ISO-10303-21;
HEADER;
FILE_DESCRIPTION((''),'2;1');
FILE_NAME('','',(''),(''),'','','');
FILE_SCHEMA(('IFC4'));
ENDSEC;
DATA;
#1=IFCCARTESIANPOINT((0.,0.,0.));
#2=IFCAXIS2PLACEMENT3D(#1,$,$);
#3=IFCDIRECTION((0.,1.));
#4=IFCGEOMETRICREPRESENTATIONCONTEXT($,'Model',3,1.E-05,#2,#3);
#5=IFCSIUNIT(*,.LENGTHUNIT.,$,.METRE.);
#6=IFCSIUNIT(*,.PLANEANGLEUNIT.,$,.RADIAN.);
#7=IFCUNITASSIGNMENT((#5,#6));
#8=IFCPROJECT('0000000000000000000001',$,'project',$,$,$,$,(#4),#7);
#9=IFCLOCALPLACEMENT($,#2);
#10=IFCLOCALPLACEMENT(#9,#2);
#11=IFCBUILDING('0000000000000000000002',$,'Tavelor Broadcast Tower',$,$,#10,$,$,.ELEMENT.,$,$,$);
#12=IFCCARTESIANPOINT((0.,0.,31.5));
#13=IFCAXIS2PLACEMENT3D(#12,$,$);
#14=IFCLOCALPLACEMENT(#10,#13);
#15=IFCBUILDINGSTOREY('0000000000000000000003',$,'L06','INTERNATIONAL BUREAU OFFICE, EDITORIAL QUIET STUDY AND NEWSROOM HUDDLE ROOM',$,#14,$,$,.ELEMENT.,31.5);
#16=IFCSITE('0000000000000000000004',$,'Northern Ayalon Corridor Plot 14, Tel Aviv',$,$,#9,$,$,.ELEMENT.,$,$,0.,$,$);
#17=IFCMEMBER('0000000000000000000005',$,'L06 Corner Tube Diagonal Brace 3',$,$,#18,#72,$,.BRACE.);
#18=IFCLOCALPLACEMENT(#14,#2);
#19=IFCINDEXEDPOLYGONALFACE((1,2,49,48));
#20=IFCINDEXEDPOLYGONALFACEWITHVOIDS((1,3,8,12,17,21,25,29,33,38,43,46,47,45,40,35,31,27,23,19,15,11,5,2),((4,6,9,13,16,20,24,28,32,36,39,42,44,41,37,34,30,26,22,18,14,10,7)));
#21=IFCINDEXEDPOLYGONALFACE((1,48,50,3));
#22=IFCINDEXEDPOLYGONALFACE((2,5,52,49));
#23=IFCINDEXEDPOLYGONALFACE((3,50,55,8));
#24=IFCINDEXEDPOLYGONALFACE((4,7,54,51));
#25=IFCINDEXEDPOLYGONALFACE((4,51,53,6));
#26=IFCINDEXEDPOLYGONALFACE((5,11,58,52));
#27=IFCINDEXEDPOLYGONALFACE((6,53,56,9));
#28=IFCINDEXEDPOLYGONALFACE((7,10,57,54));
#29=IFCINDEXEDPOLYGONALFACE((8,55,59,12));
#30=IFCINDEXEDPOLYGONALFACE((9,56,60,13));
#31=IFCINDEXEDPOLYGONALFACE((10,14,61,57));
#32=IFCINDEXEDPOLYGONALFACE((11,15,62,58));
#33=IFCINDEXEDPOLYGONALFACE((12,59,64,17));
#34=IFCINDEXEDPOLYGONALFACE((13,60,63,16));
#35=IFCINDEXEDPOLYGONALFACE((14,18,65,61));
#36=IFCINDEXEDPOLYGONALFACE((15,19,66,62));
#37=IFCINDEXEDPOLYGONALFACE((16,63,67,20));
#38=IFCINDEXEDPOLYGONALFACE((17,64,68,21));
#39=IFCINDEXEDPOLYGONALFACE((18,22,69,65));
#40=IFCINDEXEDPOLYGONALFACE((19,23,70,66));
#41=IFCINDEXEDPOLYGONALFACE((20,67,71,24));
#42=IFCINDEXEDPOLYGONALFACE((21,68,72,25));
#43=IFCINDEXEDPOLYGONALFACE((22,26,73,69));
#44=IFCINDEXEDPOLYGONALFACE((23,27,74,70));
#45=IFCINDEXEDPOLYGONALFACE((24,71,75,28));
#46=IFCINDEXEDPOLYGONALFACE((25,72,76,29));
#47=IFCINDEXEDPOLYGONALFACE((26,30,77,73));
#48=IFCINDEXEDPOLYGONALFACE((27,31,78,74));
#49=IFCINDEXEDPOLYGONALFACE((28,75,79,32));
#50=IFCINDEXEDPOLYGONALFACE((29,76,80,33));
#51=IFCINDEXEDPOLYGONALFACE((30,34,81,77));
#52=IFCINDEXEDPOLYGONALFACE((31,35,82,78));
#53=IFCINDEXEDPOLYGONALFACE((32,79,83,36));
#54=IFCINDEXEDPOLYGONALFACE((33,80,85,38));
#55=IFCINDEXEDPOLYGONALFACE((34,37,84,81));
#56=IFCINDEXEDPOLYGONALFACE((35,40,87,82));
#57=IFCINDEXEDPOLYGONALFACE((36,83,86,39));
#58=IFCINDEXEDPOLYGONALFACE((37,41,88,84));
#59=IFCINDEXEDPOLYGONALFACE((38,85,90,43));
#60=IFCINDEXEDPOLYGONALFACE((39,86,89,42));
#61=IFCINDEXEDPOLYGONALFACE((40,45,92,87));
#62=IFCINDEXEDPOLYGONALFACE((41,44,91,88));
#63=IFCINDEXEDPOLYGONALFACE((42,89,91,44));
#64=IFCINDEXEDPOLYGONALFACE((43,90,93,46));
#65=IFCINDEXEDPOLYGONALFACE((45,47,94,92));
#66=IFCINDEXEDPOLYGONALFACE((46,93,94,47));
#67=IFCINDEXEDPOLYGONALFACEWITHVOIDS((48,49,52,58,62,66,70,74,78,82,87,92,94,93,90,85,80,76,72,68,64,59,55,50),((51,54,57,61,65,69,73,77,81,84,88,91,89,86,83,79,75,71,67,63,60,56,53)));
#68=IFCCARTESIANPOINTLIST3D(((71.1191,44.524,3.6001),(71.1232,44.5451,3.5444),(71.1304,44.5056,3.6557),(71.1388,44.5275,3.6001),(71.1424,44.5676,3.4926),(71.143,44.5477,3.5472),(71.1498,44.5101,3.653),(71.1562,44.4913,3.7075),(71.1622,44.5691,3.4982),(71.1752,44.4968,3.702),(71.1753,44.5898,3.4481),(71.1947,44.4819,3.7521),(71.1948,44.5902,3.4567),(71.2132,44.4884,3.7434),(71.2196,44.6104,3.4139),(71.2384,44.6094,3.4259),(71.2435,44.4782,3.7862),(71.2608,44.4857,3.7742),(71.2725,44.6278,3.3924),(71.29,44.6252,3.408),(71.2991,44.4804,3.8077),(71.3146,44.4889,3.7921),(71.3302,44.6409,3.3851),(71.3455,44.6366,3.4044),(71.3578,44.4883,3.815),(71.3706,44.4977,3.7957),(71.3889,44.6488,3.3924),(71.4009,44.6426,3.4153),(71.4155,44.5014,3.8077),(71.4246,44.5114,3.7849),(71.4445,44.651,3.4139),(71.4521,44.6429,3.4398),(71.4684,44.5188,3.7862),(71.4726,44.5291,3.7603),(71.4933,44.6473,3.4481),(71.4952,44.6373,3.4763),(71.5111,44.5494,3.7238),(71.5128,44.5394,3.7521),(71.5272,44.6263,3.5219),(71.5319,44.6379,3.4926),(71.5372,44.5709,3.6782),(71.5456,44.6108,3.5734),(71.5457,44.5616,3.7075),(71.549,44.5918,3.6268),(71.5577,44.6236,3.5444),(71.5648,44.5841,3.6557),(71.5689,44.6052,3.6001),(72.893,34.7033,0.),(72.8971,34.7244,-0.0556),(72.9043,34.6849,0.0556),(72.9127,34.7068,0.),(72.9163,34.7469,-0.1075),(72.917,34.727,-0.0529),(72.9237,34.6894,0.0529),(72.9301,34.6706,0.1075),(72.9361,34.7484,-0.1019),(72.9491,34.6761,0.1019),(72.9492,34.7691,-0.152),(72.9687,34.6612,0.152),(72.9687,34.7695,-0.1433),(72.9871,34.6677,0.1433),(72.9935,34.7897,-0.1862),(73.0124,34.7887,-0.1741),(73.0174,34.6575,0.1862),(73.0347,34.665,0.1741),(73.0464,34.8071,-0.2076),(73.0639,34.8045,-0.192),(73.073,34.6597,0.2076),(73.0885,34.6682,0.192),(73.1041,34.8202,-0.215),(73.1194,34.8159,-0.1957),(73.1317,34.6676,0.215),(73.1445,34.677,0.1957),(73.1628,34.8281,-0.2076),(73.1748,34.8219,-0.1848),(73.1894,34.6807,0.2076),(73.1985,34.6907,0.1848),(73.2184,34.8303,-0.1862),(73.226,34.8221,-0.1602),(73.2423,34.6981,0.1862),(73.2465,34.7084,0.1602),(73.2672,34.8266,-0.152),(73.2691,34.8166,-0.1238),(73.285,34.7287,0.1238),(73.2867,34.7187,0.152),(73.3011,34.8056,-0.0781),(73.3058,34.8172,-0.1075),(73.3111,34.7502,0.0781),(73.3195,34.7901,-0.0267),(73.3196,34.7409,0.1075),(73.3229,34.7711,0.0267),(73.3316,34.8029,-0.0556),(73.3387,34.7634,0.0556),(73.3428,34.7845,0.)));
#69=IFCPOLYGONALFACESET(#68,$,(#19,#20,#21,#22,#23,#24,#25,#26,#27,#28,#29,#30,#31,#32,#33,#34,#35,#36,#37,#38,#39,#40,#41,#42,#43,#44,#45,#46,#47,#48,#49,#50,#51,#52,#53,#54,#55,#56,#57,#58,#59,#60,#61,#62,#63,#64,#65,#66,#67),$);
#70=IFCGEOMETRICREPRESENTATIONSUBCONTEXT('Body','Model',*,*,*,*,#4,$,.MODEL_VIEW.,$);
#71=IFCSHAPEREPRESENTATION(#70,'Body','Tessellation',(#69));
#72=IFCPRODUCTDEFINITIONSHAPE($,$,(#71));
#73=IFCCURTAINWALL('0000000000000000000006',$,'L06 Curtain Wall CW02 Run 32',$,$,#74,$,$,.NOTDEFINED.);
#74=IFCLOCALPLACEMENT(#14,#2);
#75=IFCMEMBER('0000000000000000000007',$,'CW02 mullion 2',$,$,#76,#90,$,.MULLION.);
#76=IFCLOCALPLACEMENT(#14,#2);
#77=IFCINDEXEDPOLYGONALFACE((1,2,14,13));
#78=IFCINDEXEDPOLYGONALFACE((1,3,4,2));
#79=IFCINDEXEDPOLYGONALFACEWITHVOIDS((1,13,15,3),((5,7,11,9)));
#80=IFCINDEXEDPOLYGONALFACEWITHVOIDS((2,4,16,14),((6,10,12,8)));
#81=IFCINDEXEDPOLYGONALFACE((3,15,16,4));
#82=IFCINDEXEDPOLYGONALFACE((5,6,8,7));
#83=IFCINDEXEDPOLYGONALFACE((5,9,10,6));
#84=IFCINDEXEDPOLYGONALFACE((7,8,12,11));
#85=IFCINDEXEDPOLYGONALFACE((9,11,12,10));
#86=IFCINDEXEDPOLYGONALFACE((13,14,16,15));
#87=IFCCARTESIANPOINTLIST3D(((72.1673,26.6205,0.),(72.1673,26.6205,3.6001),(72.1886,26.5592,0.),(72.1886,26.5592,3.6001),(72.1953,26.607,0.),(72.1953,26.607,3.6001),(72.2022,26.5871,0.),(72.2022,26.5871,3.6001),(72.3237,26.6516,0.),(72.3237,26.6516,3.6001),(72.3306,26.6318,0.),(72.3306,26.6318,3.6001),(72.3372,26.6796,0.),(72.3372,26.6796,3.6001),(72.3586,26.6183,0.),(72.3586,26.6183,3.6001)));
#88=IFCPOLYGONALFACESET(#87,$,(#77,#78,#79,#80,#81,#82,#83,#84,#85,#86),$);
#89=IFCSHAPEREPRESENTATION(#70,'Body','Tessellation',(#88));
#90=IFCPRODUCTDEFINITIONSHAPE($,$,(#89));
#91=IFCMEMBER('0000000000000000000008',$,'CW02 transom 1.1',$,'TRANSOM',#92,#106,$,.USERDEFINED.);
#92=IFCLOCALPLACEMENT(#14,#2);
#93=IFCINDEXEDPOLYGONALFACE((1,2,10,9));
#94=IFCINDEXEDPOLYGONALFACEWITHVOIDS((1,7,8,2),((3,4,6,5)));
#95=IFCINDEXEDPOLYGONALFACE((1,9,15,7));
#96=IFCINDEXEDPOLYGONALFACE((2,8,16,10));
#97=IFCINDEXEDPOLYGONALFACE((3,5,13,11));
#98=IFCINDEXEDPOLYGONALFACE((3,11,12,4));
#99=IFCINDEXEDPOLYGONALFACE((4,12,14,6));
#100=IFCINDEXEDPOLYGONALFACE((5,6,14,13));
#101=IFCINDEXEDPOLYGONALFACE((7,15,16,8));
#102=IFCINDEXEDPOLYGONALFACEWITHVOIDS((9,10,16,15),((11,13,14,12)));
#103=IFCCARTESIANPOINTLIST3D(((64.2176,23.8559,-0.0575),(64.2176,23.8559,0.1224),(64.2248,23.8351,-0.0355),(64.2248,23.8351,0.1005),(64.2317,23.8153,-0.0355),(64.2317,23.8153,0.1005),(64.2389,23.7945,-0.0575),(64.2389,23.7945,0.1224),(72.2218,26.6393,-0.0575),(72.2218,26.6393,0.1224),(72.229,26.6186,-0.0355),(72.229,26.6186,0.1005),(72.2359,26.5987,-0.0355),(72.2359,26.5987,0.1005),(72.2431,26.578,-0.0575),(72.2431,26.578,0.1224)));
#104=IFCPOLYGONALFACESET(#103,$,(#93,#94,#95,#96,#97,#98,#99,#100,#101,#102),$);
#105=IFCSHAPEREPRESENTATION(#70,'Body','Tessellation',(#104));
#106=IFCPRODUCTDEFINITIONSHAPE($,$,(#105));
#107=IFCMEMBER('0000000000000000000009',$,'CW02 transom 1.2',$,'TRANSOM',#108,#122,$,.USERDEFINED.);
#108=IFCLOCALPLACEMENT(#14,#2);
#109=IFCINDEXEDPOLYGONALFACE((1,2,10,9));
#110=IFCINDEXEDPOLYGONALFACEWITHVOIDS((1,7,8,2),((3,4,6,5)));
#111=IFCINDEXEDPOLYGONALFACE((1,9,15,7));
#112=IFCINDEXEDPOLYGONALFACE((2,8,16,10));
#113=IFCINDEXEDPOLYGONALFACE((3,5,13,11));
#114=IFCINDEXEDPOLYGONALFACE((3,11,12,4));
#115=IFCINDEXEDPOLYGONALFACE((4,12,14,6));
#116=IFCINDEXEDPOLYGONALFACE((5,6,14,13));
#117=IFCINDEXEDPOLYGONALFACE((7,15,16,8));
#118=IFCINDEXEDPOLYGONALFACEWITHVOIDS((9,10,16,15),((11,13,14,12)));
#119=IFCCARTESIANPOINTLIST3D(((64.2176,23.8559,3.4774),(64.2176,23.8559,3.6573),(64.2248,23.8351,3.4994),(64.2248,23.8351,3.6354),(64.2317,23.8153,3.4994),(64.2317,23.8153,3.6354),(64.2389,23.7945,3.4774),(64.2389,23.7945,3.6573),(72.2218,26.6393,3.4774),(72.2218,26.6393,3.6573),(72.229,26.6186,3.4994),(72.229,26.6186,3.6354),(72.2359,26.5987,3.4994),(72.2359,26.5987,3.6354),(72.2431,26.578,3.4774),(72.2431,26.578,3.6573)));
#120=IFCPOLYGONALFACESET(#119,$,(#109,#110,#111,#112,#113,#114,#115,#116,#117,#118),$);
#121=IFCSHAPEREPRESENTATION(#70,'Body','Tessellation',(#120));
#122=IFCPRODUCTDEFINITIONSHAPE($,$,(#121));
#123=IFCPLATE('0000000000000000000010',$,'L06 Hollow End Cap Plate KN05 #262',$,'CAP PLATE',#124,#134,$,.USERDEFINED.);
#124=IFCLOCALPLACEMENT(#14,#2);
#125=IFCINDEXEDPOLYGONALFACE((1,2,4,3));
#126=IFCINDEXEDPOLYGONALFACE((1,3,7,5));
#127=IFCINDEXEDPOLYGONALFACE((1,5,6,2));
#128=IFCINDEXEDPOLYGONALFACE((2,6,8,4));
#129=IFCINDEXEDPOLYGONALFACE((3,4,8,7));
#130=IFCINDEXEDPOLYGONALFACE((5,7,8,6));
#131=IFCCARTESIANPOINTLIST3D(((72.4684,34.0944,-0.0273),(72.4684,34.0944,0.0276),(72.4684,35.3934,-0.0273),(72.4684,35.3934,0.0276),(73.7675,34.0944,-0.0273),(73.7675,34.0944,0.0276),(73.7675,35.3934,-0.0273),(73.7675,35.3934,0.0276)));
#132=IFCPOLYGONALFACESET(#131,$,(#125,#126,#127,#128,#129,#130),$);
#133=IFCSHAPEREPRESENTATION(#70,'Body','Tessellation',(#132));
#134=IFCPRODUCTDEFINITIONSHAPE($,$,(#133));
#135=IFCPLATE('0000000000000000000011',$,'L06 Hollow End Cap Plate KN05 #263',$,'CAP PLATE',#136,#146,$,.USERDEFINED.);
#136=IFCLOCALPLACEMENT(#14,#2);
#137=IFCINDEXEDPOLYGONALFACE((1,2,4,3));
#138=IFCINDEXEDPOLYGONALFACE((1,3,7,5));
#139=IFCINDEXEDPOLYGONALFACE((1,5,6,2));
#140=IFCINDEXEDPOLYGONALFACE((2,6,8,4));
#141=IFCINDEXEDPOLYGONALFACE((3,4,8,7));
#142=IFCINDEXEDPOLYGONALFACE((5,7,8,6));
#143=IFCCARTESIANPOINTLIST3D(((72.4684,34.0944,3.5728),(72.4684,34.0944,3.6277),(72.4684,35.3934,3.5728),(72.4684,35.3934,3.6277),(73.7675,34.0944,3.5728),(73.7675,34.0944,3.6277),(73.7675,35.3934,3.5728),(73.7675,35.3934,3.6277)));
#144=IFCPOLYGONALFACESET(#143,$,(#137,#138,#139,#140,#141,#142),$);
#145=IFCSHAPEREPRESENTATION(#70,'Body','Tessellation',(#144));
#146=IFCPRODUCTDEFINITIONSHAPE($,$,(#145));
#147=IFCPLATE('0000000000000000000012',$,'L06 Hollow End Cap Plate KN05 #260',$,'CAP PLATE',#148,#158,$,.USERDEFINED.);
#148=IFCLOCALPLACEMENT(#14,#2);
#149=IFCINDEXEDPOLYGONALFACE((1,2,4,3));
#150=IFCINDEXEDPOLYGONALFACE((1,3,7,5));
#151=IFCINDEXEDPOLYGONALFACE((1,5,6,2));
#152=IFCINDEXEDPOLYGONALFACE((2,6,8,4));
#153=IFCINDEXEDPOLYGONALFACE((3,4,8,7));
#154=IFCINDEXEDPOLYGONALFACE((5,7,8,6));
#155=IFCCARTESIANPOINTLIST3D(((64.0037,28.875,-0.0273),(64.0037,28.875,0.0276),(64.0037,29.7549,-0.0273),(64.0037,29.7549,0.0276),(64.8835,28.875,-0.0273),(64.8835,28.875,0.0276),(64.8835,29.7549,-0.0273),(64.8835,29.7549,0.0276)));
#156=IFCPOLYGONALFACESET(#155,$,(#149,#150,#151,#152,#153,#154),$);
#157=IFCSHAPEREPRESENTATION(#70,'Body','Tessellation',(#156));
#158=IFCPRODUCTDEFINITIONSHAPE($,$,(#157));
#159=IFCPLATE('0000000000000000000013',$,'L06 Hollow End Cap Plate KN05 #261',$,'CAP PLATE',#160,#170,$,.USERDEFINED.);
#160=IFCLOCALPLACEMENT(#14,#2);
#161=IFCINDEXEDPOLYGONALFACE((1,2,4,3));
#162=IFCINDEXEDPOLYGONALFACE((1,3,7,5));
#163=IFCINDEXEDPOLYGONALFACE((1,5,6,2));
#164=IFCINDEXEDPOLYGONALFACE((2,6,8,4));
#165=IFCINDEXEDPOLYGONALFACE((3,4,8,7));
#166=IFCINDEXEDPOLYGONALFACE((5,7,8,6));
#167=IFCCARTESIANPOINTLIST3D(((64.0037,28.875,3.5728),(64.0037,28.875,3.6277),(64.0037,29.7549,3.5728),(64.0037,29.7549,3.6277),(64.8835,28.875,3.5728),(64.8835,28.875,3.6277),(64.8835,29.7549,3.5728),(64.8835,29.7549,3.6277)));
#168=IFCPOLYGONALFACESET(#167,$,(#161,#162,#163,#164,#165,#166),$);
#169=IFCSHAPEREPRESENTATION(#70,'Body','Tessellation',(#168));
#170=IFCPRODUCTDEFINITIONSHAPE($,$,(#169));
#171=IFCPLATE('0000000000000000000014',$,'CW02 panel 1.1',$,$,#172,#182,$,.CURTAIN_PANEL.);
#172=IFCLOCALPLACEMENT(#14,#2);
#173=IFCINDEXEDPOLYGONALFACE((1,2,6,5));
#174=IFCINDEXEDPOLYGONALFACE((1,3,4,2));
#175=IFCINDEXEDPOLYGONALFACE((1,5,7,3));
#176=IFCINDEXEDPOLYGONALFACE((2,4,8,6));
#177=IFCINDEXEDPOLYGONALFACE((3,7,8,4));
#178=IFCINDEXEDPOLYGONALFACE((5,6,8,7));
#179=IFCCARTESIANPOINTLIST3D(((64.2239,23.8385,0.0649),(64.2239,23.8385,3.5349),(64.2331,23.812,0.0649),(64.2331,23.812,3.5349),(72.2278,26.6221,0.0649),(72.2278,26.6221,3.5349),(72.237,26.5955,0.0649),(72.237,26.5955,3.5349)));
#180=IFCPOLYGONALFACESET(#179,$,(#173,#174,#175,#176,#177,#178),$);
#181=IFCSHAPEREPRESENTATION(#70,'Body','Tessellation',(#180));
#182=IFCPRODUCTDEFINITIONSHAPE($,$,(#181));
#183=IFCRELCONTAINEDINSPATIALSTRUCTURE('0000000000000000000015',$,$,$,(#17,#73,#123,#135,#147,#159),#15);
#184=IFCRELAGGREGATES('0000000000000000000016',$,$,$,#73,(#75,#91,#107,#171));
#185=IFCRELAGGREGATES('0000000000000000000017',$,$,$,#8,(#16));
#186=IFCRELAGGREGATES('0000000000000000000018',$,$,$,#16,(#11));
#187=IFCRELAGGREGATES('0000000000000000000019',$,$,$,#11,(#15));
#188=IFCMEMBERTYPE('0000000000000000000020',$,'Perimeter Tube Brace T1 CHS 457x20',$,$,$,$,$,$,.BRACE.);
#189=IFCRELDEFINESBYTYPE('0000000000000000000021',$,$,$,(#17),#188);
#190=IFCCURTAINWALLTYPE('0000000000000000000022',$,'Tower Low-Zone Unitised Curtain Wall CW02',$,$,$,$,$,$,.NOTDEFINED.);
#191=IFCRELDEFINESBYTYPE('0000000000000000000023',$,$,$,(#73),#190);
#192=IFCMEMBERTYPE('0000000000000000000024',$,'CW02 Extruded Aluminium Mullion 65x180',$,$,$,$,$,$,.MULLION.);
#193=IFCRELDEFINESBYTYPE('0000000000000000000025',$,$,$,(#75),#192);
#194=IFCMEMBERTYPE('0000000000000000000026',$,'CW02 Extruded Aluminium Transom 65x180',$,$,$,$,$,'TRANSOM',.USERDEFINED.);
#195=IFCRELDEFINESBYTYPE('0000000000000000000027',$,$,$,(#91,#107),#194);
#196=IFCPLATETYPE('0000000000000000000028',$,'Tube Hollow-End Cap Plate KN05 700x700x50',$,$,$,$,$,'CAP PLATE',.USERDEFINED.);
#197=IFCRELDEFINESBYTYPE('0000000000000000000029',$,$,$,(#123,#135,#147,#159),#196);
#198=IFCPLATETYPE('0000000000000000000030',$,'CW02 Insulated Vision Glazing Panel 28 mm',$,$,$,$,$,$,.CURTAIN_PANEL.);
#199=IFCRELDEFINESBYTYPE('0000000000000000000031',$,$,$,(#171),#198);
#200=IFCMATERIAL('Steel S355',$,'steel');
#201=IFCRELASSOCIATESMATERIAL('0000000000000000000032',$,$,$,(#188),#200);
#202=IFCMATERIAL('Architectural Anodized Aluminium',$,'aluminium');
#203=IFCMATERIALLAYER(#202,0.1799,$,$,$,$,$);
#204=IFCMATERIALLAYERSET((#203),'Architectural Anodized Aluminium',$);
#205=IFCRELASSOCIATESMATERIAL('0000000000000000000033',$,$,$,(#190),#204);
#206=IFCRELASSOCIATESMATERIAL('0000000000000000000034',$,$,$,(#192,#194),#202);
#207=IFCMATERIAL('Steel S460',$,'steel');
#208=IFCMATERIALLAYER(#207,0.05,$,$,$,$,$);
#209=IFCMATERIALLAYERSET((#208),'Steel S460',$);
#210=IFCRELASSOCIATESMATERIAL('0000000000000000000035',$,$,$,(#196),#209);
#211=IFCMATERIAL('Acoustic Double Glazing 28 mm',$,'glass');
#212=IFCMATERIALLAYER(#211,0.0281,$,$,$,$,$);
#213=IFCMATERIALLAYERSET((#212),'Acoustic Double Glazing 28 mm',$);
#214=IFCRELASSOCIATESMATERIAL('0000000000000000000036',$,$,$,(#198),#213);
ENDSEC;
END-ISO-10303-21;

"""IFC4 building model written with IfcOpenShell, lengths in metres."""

from ifc_helpers import new_model, si_unit, direction, frame, origin, origin_2d, place, context, subcontext, project, spatial, rectangle, hollow_rectangle, hollow_circle, extrude, source, transform, mapped, material, layer, layer_set, material_profile, profile_set, type_object, type_shapes, element, aggregate, save


model = new_model("IFC4")

# Units and contexts
model_context = context("Model", 3, precision=1e-05, world=origin(), true_north=direction((0.0, 1.0)))
body_context = subcontext(model_context, "Body", "Model", "MODEL_VIEW")
ifc_project = project(units=[si_unit("LENGTHUNIT", "METRE"), si_unit("PLANEANGLEUNIT", "RADIAN")], contexts=[model_context])

# Site, building, storey
site_placement = place(None, origin())
site = spatial("IfcSite", under=ifc_project, at=site_placement, Name="Northern Ayalon Corridor Plot 14, Tel Aviv", CompositionType="ELEMENT", RefElevation=0.0)
building_placement = place(site_placement, origin())
building = spatial("IfcBuilding", under=site, at=building_placement, Name="Tavelor Broadcast Tower", CompositionType="ELEMENT")
storey_placement = place(building_placement, frame((0.0, 0.0, 31.5)))
storey = spatial("IfcBuildingStorey", under=building, at=storey_placement, Name="L06", Description="INTERNATIONAL BUREAU OFFICE, EDITORIAL QUIET STUDY AND NEWSROOM HUDDLE ROOM", CompositionType="ELEMENT", Elevation=31.5)

# Shared definitions
ifc_material_1 = material(Name="Steel S460", Category="steel")

# Shared definitions
ifc_material_2 = material(Name="Steel S355", Category="steel")

# Member
ifc_material_profile_1 = material_profile(ifc_material_2, hollow_circle(Radius=0.2285, WallThickness=0.02, at=origin_2d()), Name="CHS 457x20")
ifc_profile_set_1 = profile_set([ifc_material_profile_1], Name="Steel S355")
member_type_1 = type_object("IfcMemberType", Name="Perimeter Tube Brace T1 CHS 457x20", PredefinedType="BRACE", material=ifc_profile_set_1)
member_1_placement = place(storey_placement, frame((73.1179, 34.7439, 0.0), z_axis=(-0.167206, 0.925685, 0.339337), x_axis=(-0.984075, -0.177753, 0.0)))
element("IfcMember", 1, at=member_1_placement, inside=storey, type_object=member_type_1, Name="L06 Corner Tube Diagonal Brace 3", PredefinedType="BRACE", context=body_context, shape_type="SweptSolid", body=[
    extrude(hollow_circle(Radius=0.2285, WallThickness=0.02, at=origin_2d()), origin(), (0.0, 0.0, 1.0), 10.6091),
])

# Curtain wall, members
ifc_material_3 = material(Name="Architectural Anodized Aluminium", Category="aluminium")
ifc_layer_1 = layer(ifc_material_3, 0.1799)
ifc_layer_set_1 = layer_set([ifc_layer_1], Name="Architectural Anodized Aluminium")
curtain_wall_type = type_object("IfcCurtainWallType", Name="Tower Low-Zone Unitised Curtain Wall CW02", PredefinedType="NOTDEFINED", material=ifc_layer_set_1)
curtain_wall_placement = place(storey_placement, origin())
curtain_wall = element("IfcCurtainWall", 2, at=curtain_wall_placement, inside=storey, type_object=curtain_wall_type, Name="L06 Curtain Wall CW02 Run 32", PredefinedType="NOTDEFINED")
ifc_material_profile_2 = material_profile(ifc_material_3, hollow_rectangle(XDim=0.0649, YDim=0.1799, WallThickness=0.022, at=origin_2d()), Name="RHS 65x180x22")
ifc_profile_set_2 = profile_set([ifc_material_profile_2], Name="Architectural Anodized Aluminium")
member_type_2 = type_object("IfcMemberType", Name="CW02 Extruded Aluminium Mullion 65x180", PredefinedType="MULLION", material=ifc_profile_set_2)
shared_shape_1 = source(origin(), body_context, "Body", "SweptSolid", [
    extrude(hollow_rectangle(XDim=0.0649, YDim=0.1799, WallThickness=0.022, at=origin_2d()), origin(), (0.0, 0.0, 1.0), 3.6001),
])
type_shapes(member_type_2, [shared_shape_1])
member_2_placement = place(storey_placement, frame((72.2629, 26.6194, 0.0), z_axis=(0.0, 0.0, 1.0), x_axis=(-0.328471, 0.944514, 0.0)))
member_2 = element("IfcMember", 3, at=member_2_placement, type_object=member_type_2, Name="CW02 mullion 2", PredefinedType="MULLION", context=body_context, shape_type="MappedRepresentation", body=[
    mapped(shared_shape_1, transform((0.0, 0.0, 0.0), scale=1.0)),
])
ifc_material_profile_3 = material_profile(ifc_material_3, hollow_rectangle(XDim=0.0649, YDim=0.1799, WallThickness=0.022, at=origin_2d()), Name="RHS 65x180x22")
ifc_profile_set_3 = profile_set([ifc_material_profile_3], Name="Architectural Anodized Aluminium")
member_type_3 = type_object("IfcMemberType", Name="CW02 Extruded Aluminium Transom 65x180", ElementType="TRANSOM", PredefinedType="USERDEFINED", material=ifc_profile_set_3)
shared_shape_2 = source(origin(), body_context, "Body", "SweptSolid", [
    extrude(hollow_rectangle(XDim=0.0649, YDim=0.1799, WallThickness=0.022, at=origin_2d()), origin(), (0.0, 0.0, 1.0), 8.4744),
])
type_shapes(member_type_3, [shared_shape_2])
member_3_placement = place(storey_placement, frame((64.2283, 23.8252, 0.0325), z_axis=(0.944519, 0.328457, 0.0), x_axis=(-0.328457, 0.944519, 0.0)))
member_3 = element("IfcMember", 4, at=member_3_placement, type_object=member_type_3, Name="CW02 transom 1.1", ObjectType="TRANSOM", PredefinedType="USERDEFINED", context=body_context, shape_type="MappedRepresentation", body=[
    mapped(shared_shape_2, transform((0.0, 0.0, 0.0), scale=1.0)),
])
member_4_placement = place(storey_placement, frame((64.2283, 23.8252, 3.5674), z_axis=(0.944519, 0.328457, 0.0), x_axis=(-0.328457, 0.944519, 0.0)))
member_4 = element("IfcMember", 5, at=member_4_placement, type_object=member_type_3, Name="CW02 transom 1.2", ObjectType="TRANSOM", PredefinedType="USERDEFINED", context=body_context, shape_type="MappedRepresentation", body=[
    mapped(shared_shape_2, transform((0.0, 0.0, 0.0), scale=1.0)),
])

# Plates
ifc_layer_2 = layer(ifc_material_1, 0.05)
ifc_layer_set_2 = layer_set([ifc_layer_2], Name="Steel S460")
plate_type_1 = type_object("IfcPlateType", Name="Tube Hollow-End Cap Plate KN05 700x700x50", ElementType="CAP PLATE", PredefinedType="USERDEFINED", material=ifc_layer_set_2)
shared_shape_3 = source(origin(), body_context, "Body", "SweptSolid", [
    extrude(rectangle(XDim=1.2991, YDim=1.2991, at=origin_2d()), origin(), (0.0, 0.0, 1.0), 0.0549),
])
for number, where, z_axis, x_axis, name in (
    (6, (73.1179, 34.7439, -0.0273), (0.0, 0.0, 1.0), (1.0, 0.0, 0.0), "L06 Hollow End Cap Plate KN05 #262"),
    (7, (73.1179, 34.7439, 3.5728), (0.0, 0.0, 1.0), (1.0, 0.0, 0.0), "L06 Hollow End Cap Plate KN05 #263"),
):
    element("IfcPlate", number, at=place(storey_placement, frame(where, z_axis=z_axis, x_axis=x_axis)), inside=storey, type_object=plate_type_1, Name=name, ObjectType="CAP PLATE", PredefinedType="USERDEFINED", context=body_context, shape_type="MappedRepresentation", body=[
        mapped(shared_shape_3, transform((0.0, 0.0, 0.0), scale=1.0)),
    ])
shared_shape_4 = source(origin(), body_context, "Body", "SweptSolid", [
    extrude(rectangle(XDim=0.8799, YDim=0.8799, at=origin_2d()), origin(), (0.0, 0.0, 1.0), 0.0549),
])
type_shapes(plate_type_1, [shared_shape_3, shared_shape_4])
for number, where, z_axis, x_axis, name in (
    (8, (64.4436, 29.3149, -0.0273), (0.0, 0.0, 1.0), (1.0, 0.0, 0.0), "L06 Hollow End Cap Plate KN05 #260"),
    (9, (64.4436, 29.3149, 3.5728), (0.0, 0.0, 1.0), (1.0, 0.0, 0.0), "L06 Hollow End Cap Plate KN05 #261"),
):
    element("IfcPlate", number, at=place(storey_placement, frame(where, z_axis=z_axis, x_axis=x_axis)), inside=storey, type_object=plate_type_1, Name=name, ObjectType="CAP PLATE", PredefinedType="USERDEFINED", context=body_context, shape_type="MappedRepresentation", body=[
        mapped(shared_shape_4, transform((0.0, 0.0, 0.0), scale=1.0)),
    ])

# Plate
ifc_material_4 = material(Name="Acoustic Double Glazing 28 mm", Category="glass")
ifc_layer_3 = layer(ifc_material_4, 0.0281)
ifc_layer_set_3 = layer_set([ifc_layer_3], Name="Acoustic Double Glazing 28 mm")
plate_type_2 = type_object("IfcPlateType", Name="CW02 Insulated Vision Glazing Panel 28 mm", PredefinedType="CURTAIN_PANEL", material=ifc_layer_set_3)
shared_shape_5 = source(origin(), body_context, "Body", "SweptSolid", [
    extrude(rectangle(XDim=8.4741, YDim=0.0281, at=origin_2d()), origin(), (0.0, 0.0, 1.0), 3.47),
])
type_shapes(plate_type_2, [shared_shape_5])
plate_placement = place(storey_placement, frame((68.2305, 25.217, 0.0649), z_axis=(0.0, 0.0, 1.0), x_axis=(0.944514, 0.328471, 0.0)))
plate = element("IfcPlate", 10, at=plate_placement, type_object=plate_type_2, Name="CW02 panel 1.1", PredefinedType="CURTAIN_PANEL", context=body_context, shape_type="MappedRepresentation", body=[
    mapped(shared_shape_5, transform((0.0, 0.0, 0.0), scale=1.0)),
])
aggregate(curtain_wall, [member_2, member_3, member_4, plate])

save(model, "model.ifc")
